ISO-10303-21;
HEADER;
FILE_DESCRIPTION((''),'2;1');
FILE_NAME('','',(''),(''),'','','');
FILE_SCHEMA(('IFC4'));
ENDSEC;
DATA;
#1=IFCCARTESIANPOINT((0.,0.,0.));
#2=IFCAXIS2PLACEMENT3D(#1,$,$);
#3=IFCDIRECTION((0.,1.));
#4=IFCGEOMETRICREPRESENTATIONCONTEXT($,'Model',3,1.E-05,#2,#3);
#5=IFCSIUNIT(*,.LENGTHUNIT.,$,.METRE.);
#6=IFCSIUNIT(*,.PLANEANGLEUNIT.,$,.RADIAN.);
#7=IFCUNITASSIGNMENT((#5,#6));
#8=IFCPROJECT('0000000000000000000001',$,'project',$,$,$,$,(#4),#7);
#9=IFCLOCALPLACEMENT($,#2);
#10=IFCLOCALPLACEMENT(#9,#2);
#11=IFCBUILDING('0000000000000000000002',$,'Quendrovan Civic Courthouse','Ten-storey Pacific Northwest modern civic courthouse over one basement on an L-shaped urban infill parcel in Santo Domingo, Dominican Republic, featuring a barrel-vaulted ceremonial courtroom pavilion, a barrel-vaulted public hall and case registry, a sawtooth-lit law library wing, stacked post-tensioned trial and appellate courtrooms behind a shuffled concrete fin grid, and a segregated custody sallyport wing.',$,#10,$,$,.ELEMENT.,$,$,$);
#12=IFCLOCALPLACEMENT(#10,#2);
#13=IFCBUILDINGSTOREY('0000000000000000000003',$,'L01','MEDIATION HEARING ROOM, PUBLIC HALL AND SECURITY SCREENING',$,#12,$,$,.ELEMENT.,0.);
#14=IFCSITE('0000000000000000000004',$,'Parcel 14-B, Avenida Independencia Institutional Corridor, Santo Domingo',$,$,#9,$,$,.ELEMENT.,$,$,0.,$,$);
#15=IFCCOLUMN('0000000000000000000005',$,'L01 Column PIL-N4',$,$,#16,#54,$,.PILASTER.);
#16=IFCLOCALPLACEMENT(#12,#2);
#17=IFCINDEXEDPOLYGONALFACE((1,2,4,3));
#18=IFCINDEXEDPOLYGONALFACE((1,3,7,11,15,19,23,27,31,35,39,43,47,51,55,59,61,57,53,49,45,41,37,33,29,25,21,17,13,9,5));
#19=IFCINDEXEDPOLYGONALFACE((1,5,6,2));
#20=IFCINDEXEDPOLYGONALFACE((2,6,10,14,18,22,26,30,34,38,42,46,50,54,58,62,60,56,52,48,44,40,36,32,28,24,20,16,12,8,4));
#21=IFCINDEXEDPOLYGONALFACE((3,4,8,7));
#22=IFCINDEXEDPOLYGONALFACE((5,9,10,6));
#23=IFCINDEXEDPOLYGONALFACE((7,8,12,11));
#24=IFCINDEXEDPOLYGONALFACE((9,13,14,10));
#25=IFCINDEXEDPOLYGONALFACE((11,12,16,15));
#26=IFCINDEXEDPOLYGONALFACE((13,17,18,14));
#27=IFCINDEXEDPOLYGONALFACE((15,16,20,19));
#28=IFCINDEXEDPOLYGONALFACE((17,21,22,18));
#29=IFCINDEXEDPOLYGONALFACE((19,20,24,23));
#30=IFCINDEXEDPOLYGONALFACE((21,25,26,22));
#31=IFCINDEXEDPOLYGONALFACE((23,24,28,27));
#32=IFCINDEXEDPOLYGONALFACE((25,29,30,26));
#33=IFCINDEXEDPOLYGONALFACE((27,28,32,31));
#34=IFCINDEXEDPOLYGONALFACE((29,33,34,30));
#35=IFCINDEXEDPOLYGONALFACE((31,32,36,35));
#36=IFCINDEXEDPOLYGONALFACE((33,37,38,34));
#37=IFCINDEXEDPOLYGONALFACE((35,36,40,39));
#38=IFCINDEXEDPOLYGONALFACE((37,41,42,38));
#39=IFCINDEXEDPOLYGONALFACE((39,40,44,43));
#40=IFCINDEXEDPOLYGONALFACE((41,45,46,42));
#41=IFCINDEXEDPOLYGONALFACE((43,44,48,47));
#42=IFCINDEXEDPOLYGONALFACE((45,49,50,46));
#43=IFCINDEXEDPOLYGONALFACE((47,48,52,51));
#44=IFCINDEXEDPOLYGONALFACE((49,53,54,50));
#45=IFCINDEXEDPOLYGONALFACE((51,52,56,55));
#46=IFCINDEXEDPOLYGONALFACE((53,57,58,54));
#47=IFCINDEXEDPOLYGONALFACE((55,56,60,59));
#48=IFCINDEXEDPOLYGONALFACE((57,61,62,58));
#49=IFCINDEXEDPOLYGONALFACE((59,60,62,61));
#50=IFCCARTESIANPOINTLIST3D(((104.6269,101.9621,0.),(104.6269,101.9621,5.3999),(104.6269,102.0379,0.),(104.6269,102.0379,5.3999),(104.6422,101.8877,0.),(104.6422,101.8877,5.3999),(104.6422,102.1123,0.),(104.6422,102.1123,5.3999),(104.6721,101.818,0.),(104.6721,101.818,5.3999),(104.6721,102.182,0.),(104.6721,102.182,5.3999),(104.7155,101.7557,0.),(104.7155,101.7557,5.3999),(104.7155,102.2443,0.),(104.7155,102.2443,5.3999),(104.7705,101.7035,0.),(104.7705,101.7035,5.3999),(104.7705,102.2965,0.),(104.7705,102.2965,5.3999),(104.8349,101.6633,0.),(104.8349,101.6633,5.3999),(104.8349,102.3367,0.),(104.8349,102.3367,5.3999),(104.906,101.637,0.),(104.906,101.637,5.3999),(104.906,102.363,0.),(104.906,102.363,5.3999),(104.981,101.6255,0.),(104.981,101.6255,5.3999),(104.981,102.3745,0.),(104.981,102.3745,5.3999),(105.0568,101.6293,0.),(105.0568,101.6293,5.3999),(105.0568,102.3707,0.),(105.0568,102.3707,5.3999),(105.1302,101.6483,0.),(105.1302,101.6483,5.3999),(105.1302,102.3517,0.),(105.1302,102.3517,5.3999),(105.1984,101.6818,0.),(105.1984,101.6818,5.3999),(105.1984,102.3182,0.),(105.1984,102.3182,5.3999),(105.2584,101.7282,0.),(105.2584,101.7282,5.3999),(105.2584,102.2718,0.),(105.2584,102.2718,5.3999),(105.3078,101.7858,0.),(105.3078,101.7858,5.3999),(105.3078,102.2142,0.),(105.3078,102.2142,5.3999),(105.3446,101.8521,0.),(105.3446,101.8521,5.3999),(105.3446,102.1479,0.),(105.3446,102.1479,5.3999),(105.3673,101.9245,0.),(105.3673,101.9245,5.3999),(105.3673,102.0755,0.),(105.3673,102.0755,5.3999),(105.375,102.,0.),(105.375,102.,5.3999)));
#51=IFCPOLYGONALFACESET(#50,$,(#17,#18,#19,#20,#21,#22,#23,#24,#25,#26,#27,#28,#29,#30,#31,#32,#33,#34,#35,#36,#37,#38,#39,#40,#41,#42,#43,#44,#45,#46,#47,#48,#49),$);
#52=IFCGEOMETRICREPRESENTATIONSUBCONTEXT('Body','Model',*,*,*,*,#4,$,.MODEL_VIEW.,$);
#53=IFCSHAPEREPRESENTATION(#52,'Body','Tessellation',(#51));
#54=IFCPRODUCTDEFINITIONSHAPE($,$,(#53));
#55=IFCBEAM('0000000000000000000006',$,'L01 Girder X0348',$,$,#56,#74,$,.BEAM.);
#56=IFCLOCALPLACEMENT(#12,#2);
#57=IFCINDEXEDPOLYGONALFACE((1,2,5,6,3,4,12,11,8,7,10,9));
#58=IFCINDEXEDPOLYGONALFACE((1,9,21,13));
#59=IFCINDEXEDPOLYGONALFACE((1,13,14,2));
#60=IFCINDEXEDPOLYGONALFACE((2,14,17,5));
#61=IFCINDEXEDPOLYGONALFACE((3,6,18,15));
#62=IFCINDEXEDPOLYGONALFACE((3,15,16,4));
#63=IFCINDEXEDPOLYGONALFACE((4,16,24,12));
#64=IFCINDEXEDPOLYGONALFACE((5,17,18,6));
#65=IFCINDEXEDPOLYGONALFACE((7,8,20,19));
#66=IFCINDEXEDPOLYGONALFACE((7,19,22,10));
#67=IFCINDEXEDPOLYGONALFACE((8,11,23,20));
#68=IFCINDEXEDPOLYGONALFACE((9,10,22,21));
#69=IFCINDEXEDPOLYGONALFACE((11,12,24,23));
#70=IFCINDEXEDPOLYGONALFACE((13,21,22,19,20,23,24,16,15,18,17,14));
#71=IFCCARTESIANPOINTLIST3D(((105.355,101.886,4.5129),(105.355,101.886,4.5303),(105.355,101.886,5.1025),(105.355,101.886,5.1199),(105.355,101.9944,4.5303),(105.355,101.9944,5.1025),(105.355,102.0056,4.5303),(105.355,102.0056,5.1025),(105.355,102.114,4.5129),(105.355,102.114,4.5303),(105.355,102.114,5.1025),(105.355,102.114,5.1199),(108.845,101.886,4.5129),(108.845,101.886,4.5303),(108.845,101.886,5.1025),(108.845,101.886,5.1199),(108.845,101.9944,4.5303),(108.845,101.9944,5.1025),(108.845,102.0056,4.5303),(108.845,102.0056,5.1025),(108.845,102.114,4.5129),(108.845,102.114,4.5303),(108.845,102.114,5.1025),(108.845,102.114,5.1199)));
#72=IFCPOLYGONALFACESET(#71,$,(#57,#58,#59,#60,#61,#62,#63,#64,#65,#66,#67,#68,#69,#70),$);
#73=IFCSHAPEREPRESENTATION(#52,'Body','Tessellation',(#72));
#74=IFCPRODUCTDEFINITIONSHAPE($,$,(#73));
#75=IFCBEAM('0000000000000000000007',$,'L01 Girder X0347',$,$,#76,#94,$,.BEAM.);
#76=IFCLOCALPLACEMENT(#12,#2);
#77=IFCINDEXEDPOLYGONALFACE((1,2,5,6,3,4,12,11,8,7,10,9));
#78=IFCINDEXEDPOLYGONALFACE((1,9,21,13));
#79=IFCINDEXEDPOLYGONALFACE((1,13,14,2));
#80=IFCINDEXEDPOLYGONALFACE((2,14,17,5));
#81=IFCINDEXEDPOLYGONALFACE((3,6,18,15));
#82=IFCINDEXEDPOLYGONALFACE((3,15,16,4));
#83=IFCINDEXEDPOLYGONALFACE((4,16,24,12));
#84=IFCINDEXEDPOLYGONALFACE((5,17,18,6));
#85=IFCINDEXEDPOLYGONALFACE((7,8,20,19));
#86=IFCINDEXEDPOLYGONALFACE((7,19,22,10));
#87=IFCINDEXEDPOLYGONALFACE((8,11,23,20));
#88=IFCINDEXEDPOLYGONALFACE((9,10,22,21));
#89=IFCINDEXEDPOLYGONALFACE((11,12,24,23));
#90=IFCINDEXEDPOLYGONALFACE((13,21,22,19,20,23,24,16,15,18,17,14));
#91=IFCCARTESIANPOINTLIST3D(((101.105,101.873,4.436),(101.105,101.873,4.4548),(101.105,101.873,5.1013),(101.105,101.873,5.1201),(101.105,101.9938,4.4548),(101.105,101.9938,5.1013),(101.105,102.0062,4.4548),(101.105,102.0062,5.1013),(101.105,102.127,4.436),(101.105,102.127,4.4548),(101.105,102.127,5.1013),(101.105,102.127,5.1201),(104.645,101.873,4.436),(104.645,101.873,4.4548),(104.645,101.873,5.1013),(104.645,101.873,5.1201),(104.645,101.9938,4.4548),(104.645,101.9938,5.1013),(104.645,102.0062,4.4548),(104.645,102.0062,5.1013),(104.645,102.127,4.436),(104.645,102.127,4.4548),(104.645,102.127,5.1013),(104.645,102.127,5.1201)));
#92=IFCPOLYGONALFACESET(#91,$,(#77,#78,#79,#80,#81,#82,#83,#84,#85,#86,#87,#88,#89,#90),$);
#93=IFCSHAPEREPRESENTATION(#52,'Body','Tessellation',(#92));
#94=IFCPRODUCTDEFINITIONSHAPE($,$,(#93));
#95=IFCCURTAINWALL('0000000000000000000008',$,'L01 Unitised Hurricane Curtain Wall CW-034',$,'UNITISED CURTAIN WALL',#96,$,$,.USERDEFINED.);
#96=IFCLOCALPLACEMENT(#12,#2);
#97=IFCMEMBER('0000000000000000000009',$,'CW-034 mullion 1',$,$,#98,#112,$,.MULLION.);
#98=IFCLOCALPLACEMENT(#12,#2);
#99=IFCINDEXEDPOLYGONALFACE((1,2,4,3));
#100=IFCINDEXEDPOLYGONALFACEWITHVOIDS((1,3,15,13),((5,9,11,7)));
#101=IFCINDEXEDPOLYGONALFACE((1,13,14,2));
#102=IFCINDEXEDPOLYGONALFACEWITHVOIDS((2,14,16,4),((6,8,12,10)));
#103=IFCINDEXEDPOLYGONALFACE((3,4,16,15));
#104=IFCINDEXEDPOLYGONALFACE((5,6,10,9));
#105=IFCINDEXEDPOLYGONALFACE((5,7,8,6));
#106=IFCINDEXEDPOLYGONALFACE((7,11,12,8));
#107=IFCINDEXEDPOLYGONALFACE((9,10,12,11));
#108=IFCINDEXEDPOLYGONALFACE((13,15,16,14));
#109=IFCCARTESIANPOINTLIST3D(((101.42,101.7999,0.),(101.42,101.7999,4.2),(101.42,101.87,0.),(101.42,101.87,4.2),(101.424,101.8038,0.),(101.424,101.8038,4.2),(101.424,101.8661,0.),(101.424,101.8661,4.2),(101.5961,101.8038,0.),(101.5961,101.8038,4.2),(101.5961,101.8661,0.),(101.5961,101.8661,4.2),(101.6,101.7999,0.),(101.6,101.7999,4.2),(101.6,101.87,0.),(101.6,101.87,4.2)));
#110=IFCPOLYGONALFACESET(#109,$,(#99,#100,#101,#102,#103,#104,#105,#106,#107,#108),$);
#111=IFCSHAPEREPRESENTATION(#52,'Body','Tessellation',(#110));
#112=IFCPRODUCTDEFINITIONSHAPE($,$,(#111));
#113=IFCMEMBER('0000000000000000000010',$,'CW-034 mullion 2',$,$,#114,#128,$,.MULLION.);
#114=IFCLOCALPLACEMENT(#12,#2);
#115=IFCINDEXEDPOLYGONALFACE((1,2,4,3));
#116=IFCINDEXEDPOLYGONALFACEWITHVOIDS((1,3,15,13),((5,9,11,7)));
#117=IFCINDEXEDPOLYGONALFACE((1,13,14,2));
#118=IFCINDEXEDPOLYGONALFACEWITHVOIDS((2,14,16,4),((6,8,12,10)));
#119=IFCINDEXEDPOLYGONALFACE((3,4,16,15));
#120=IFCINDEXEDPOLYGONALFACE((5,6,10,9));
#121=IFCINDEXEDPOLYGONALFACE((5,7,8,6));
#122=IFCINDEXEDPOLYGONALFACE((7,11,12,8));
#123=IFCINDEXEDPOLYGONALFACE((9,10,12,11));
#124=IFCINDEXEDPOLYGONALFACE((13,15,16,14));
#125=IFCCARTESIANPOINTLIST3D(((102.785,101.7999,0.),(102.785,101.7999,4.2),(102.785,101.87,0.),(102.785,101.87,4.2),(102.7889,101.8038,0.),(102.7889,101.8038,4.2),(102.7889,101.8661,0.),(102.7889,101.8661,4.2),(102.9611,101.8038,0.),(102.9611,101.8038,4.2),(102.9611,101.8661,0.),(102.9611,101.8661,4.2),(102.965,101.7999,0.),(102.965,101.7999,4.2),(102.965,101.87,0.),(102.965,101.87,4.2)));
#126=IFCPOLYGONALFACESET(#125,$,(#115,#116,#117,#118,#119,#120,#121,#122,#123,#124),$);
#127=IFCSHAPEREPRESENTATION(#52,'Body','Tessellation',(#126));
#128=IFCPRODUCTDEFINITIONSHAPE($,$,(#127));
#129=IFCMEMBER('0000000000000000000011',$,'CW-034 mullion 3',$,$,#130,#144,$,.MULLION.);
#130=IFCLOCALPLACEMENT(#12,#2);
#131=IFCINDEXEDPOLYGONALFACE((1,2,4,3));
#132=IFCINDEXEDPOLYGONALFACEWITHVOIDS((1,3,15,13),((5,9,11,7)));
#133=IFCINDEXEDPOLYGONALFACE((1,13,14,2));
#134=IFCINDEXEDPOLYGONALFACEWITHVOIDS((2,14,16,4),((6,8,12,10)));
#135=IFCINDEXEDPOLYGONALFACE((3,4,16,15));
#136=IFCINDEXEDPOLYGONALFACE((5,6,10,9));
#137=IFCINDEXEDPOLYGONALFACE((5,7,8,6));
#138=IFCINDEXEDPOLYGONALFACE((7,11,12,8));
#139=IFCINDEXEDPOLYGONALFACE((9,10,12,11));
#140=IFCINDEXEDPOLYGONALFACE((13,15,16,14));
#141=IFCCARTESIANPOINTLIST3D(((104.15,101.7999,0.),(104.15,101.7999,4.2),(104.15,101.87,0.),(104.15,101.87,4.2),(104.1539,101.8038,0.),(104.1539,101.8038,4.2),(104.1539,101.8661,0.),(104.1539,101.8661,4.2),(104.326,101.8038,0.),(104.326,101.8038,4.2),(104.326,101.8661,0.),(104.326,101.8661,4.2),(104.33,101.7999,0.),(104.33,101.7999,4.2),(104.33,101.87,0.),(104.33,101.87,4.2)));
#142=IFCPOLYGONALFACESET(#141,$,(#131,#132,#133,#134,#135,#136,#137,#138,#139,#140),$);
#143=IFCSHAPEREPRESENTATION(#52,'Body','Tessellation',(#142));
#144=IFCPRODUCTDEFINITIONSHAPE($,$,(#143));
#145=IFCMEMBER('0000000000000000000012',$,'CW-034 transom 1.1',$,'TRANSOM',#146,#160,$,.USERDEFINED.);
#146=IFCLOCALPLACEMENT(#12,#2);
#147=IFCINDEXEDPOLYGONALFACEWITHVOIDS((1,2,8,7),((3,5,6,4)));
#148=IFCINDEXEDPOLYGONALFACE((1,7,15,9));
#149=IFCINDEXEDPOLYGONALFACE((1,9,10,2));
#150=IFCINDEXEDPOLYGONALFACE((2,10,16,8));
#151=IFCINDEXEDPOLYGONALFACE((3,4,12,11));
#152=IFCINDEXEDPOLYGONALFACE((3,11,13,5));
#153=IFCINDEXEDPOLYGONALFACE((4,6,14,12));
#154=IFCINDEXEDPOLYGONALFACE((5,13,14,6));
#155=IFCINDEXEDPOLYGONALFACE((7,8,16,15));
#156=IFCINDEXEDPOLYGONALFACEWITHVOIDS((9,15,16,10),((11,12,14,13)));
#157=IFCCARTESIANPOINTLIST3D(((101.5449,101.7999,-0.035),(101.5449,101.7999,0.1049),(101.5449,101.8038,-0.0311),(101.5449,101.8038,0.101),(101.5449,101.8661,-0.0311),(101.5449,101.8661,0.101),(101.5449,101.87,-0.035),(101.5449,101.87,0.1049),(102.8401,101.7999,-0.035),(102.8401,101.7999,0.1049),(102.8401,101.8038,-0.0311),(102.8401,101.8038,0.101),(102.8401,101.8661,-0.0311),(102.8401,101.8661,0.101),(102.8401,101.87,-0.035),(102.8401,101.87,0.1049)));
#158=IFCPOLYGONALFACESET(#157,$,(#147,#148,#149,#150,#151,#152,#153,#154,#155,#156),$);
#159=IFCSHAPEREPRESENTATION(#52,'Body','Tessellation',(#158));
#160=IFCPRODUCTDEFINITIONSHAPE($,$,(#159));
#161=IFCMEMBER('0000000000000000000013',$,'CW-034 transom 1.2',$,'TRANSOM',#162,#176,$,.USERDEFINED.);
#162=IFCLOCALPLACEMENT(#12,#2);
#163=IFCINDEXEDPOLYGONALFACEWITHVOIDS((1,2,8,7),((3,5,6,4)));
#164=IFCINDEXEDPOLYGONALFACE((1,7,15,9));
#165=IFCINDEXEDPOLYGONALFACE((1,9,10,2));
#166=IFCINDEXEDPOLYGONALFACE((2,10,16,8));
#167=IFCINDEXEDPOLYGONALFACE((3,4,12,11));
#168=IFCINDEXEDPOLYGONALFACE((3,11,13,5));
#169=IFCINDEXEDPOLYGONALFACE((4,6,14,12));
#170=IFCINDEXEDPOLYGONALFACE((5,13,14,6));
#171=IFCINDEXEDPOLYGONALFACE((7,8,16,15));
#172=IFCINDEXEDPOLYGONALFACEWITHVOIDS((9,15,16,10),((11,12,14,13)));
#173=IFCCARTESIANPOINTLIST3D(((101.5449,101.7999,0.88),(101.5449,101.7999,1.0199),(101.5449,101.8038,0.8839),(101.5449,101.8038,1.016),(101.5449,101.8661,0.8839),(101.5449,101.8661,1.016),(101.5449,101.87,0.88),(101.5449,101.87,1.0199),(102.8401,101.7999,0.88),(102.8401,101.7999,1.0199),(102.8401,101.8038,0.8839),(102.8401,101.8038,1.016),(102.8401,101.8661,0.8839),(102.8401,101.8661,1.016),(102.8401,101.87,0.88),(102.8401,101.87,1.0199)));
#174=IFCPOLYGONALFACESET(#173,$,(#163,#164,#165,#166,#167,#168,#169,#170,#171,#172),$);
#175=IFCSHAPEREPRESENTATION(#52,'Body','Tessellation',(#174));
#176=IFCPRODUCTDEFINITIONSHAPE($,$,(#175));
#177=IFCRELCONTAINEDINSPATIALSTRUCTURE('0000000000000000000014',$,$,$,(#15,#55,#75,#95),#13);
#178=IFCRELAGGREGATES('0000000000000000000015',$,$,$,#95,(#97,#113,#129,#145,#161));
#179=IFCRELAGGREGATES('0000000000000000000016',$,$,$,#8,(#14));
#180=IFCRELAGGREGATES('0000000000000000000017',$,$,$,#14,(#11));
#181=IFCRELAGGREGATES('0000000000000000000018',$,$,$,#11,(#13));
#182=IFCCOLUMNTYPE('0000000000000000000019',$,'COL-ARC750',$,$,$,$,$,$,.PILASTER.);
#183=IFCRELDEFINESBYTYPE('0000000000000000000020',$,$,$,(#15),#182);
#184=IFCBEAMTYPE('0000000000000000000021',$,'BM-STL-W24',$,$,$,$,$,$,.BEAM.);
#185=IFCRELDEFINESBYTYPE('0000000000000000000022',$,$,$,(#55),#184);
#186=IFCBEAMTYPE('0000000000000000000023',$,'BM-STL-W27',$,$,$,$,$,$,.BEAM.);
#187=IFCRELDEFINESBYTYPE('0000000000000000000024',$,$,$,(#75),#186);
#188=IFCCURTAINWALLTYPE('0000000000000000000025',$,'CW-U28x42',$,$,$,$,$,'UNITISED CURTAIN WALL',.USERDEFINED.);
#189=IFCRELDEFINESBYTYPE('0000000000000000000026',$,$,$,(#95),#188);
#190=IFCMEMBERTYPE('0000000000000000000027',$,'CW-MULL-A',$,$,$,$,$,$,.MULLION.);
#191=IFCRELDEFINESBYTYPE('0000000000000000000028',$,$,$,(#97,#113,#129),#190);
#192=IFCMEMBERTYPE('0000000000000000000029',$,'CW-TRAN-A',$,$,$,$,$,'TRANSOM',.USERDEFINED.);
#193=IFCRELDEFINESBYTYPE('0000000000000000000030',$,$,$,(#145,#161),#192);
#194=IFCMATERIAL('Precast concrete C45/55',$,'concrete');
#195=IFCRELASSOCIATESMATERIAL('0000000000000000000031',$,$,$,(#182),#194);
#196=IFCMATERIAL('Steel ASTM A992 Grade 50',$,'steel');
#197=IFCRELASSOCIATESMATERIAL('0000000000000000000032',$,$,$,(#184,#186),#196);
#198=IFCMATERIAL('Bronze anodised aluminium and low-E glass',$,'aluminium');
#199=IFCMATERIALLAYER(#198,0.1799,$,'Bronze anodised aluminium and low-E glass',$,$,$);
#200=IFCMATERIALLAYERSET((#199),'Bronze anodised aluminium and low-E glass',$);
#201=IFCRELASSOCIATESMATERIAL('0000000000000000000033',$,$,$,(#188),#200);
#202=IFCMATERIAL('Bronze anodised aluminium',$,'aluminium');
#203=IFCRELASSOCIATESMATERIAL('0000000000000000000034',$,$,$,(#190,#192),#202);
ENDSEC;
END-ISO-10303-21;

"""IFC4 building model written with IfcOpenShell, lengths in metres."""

from ifc_helpers import new_model, si_unit, direction, frame, origin, origin_2d, place, context, subcontext, project, spatial, hollow_rectangle, circle, i_section, extrude, material, layer, layer_set, material_profile, profile_set, type_object, element, aggregate, save


model = new_model("IFC4")

# Units and contexts
model_context = context("Model", 3, precision=1e-05, world=origin(), true_north=direction((0.0, 1.0)))
body_context = subcontext(model_context, "Body", "Model", "MODEL_VIEW")
ifc_project = project(units=[si_unit("LENGTHUNIT", "METRE"), si_unit("PLANEANGLEUNIT", "RADIAN")], contexts=[model_context])

# Site, building, storey
site_placement = place(None, origin())
site = spatial("IfcSite", under=ifc_project, at=site_placement, Name="Parcel 14-B, Avenida Independencia Institutional Corridor, Santo Domingo", CompositionType="ELEMENT", RefElevation=0.0)
building_placement = place(site_placement, origin())
building = spatial("IfcBuilding", under=site, at=building_placement, Name="Quendrovan Civic Courthouse", Description="Ten-storey Pacific Northwest modern civic courthouse over one basement on an L-shaped urban infill parcel in Santo Domingo, Dominican Republic, featuring a barrel-vaulted ceremonial courtroom pavilion, a barrel-vaulted public hall and case registry, a sawtooth-lit law library wing, stacked post-tensioned trial and appellate courtrooms behind a shuffled concrete fin grid, and a segregated custody sallyport wing.", CompositionType="ELEMENT")
storey_placement = place(building_placement, origin())
storey = spatial("IfcBuildingStorey", under=building, at=storey_placement, Name="L01", Description="MEDIATION HEARING ROOM, PUBLIC HALL AND SECURITY SCREENING", CompositionType="ELEMENT", Elevation=0.0)

# Column
ifc_material_1 = material(Name="Precast concrete C45/55", Category="concrete")
ifc_material_profile_1 = material_profile(ifc_material_1, circle(Radius=0.375, at=origin_2d()), Name="RC-ARCADE-D750")
ifc_profile_set_1 = profile_set([ifc_material_profile_1], Name="Precast concrete C45/55")
column_type = type_object("IfcColumnType", Name="COL-ARC750", PredefinedType="PILASTER", material=ifc_profile_set_1)
column_placement = place(storey_placement, frame((105.0, 102.0, 0.0), z_axis=(0.0, 0.0, 1.0), x_axis=(1.0, 0.0, 0.0)))
element("IfcColumn", 1, at=column_placement, inside=storey, type_object=column_type, Name="L01 Column PIL-N4", PredefinedType="PILASTER", context=body_context, shape_type="SweptSolid", body=[
    extrude(circle(Radius=0.375, at=origin_2d()), origin(), (0.0, 0.0, 1.0), 5.3999),
])

# Beams
ifc_material_2 = material(Name="Steel ASTM A992 Grade 50", Category="steel")
ifc_material_profile_2 = material_profile(ifc_material_2, i_section(OverallWidth=0.228, OverallDepth=0.6069, WebThickness=0.0112, FlangeThickness=0.0173, at=origin_2d()), Name="W24X76")
ifc_profile_set_2 = profile_set([ifc_material_profile_2], Name="Steel ASTM A992 Grade 50")
beam_type_1 = type_object("IfcBeamType", Name="BM-STL-W24", PredefinedType="BEAM", material=ifc_profile_set_2)
beam_1_placement = place(storey_placement, frame((105.355, 102.0, 4.8164), z_axis=(1.0, 0.0, 0.0), x_axis=(0.0, 1.0, 0.0)))
element("IfcBeam", 2, at=beam_1_placement, inside=storey, type_object=beam_type_1, Name="L01 Girder X0348", PredefinedType="BEAM", context=body_context, shape_type="SweptSolid", body=[
    extrude(i_section(OverallWidth=0.228, OverallDepth=0.6069, WebThickness=0.0112, FlangeThickness=0.0173, at=origin_2d()), origin(), (0.0, 0.0, 1.0), 3.49),
])
ifc_material_profile_3 = material_profile(ifc_material_2, i_section(OverallWidth=0.2539, OverallDepth=0.6841, WebThickness=0.0125, FlangeThickness=0.0188, at=origin_2d()), Name="W27X94")
ifc_profile_set_3 = profile_set([ifc_material_profile_3], Name="Steel ASTM A992 Grade 50")
beam_type_2 = type_object("IfcBeamType", Name="BM-STL-W27", PredefinedType="BEAM", material=ifc_profile_set_3)
beam_2_placement = place(storey_placement, frame((101.105, 102.0, 4.7781), z_axis=(1.0, 0.0, 0.0), x_axis=(0.0, 1.0, 0.0)))
element("IfcBeam", 3, at=beam_2_placement, inside=storey, type_object=beam_type_2, Name="L01 Girder X0347", PredefinedType="BEAM", context=body_context, shape_type="SweptSolid", body=[
    extrude(i_section(OverallWidth=0.2539, OverallDepth=0.6841, WebThickness=0.0125, FlangeThickness=0.0188, at=origin_2d()), origin(), (0.0, 0.0, 1.0), 3.54),
])

# Curtain wall, members
ifc_material_3 = material(Name="Bronze anodised aluminium and low-E glass", Category="aluminium")
ifc_layer_1 = layer(ifc_material_3, 0.1799, Name="Bronze anodised aluminium and low-E glass")
ifc_layer_set_1 = layer_set([ifc_layer_1], Name="Bronze anodised aluminium and low-E glass")
curtain_wall_type = type_object("IfcCurtainWallType", Name="CW-U28x42", ElementType="UNITISED CURTAIN WALL", PredefinedType="USERDEFINED", material=ifc_layer_set_1)
curtain_wall_placement = place(storey_placement, origin())
curtain_wall = element("IfcCurtainWall", 4, at=curtain_wall_placement, inside=storey, type_object=curtain_wall_type, Name="L01 Unitised Hurricane Curtain Wall CW-034", ObjectType="UNITISED CURTAIN WALL", PredefinedType="USERDEFINED")
ifc_material_4 = material(Name="Bronze anodised aluminium", Category="aluminium")
ifc_material_profile_4 = material_profile(ifc_material_4, hollow_rectangle(XDim=0.0701, YDim=0.1799, WallThickness=0.0039, at=origin_2d()), Name="CW-MULL-70x180")
ifc_profile_set_4 = profile_set([ifc_material_profile_4], Name="Bronze anodised aluminium")
member_type_1 = type_object("IfcMemberType", Name="CW-MULL-A", PredefinedType="MULLION", material=ifc_profile_set_4)
member_1_placement = place(storey_placement, frame((101.51, 101.835, 0.0), z_axis=(0.0, 0.0, 1.0), x_axis=(0.0, 1.0, 0.0)))
member_1 = element("IfcMember", 5, at=member_1_placement, type_object=member_type_1, Name="CW-034 mullion 1", PredefinedType="MULLION", context=body_context, shape_type="SweptSolid", body=[
    extrude(hollow_rectangle(XDim=0.0701, YDim=0.1799, WallThickness=0.0039, at=origin_2d()), origin(), (0.0, 0.0, 1.0), 4.2),
])
member_2_placement = place(storey_placement, frame((102.875, 101.835, 0.0), z_axis=(0.0, 0.0, 1.0), x_axis=(0.0, 1.0, 0.0)))
member_2 = element("IfcMember", 6, at=member_2_placement, type_object=member_type_1, Name="CW-034 mullion 2", PredefinedType="MULLION", context=body_context, shape_type="SweptSolid", body=[
    extrude(hollow_rectangle(XDim=0.0701, YDim=0.1799, WallThickness=0.0039, at=origin_2d()), origin(), (0.0, 0.0, 1.0), 4.2),
])
member_3_placement = place(storey_placement, frame((104.24, 101.835, 0.0), z_axis=(0.0, 0.0, 1.0), x_axis=(0.0, 1.0, 0.0)))
member_3 = element("IfcMember", 7, at=member_3_placement, type_object=member_type_1, Name="CW-034 mullion 3", PredefinedType="MULLION", context=body_context, shape_type="SweptSolid", body=[
    extrude(hollow_rectangle(XDim=0.0701, YDim=0.1799, WallThickness=0.0039, at=origin_2d()), origin(), (0.0, 0.0, 1.0), 4.2),
])
ifc_material_profile_5 = material_profile(ifc_material_4, hollow_rectangle(XDim=0.0701, YDim=0.1399, WallThickness=0.0039, at=origin_2d()), Name="CW-TRAN-70x140")
ifc_profile_set_5 = profile_set([ifc_material_profile_5], Name="Bronze anodised aluminium")
member_type_2 = type_object("IfcMemberType", Name="CW-TRAN-A", ElementType="TRANSOM", PredefinedType="USERDEFINED", material=ifc_profile_set_5)
member_4_placement = place(storey_placement, frame((101.5449, 101.835, 0.0349), z_axis=(1.0, 0.0, 0.0), x_axis=(0.0, 1.0, 0.0)))
member_4 = element("IfcMember", 8, at=member_4_placement, type_object=member_type_2, Name="CW-034 transom 1.1", ObjectType="TRANSOM", PredefinedType="USERDEFINED", context=body_context, shape_type="SweptSolid", body=[
    extrude(hollow_rectangle(XDim=0.0701, YDim=0.1399, WallThickness=0.0039, at=origin_2d()), origin(), (0.0, 0.0, 1.0), 1.2952),
])
member_5_placement = place(storey_placement, frame((101.5449, 101.835, 0.95), z_axis=(1.0, 0.0, 0.0), x_axis=(0.0, 1.0, 0.0)))
member_5 = element("IfcMember", 9, at=member_5_placement, type_object=member_type_2, Name="CW-034 transom 1.2", ObjectType="TRANSOM", PredefinedType="USERDEFINED", context=body_context, shape_type="SweptSolid", body=[
    extrude(hollow_rectangle(XDim=0.0701, YDim=0.1399, WallThickness=0.0039, at=origin_2d()), origin(), (0.0, 0.0, 1.0), 1.2952),
])
aggregate(curtain_wall, [member_1, member_2, member_3, member_4, member_5])

save(model, "model.ifc")
